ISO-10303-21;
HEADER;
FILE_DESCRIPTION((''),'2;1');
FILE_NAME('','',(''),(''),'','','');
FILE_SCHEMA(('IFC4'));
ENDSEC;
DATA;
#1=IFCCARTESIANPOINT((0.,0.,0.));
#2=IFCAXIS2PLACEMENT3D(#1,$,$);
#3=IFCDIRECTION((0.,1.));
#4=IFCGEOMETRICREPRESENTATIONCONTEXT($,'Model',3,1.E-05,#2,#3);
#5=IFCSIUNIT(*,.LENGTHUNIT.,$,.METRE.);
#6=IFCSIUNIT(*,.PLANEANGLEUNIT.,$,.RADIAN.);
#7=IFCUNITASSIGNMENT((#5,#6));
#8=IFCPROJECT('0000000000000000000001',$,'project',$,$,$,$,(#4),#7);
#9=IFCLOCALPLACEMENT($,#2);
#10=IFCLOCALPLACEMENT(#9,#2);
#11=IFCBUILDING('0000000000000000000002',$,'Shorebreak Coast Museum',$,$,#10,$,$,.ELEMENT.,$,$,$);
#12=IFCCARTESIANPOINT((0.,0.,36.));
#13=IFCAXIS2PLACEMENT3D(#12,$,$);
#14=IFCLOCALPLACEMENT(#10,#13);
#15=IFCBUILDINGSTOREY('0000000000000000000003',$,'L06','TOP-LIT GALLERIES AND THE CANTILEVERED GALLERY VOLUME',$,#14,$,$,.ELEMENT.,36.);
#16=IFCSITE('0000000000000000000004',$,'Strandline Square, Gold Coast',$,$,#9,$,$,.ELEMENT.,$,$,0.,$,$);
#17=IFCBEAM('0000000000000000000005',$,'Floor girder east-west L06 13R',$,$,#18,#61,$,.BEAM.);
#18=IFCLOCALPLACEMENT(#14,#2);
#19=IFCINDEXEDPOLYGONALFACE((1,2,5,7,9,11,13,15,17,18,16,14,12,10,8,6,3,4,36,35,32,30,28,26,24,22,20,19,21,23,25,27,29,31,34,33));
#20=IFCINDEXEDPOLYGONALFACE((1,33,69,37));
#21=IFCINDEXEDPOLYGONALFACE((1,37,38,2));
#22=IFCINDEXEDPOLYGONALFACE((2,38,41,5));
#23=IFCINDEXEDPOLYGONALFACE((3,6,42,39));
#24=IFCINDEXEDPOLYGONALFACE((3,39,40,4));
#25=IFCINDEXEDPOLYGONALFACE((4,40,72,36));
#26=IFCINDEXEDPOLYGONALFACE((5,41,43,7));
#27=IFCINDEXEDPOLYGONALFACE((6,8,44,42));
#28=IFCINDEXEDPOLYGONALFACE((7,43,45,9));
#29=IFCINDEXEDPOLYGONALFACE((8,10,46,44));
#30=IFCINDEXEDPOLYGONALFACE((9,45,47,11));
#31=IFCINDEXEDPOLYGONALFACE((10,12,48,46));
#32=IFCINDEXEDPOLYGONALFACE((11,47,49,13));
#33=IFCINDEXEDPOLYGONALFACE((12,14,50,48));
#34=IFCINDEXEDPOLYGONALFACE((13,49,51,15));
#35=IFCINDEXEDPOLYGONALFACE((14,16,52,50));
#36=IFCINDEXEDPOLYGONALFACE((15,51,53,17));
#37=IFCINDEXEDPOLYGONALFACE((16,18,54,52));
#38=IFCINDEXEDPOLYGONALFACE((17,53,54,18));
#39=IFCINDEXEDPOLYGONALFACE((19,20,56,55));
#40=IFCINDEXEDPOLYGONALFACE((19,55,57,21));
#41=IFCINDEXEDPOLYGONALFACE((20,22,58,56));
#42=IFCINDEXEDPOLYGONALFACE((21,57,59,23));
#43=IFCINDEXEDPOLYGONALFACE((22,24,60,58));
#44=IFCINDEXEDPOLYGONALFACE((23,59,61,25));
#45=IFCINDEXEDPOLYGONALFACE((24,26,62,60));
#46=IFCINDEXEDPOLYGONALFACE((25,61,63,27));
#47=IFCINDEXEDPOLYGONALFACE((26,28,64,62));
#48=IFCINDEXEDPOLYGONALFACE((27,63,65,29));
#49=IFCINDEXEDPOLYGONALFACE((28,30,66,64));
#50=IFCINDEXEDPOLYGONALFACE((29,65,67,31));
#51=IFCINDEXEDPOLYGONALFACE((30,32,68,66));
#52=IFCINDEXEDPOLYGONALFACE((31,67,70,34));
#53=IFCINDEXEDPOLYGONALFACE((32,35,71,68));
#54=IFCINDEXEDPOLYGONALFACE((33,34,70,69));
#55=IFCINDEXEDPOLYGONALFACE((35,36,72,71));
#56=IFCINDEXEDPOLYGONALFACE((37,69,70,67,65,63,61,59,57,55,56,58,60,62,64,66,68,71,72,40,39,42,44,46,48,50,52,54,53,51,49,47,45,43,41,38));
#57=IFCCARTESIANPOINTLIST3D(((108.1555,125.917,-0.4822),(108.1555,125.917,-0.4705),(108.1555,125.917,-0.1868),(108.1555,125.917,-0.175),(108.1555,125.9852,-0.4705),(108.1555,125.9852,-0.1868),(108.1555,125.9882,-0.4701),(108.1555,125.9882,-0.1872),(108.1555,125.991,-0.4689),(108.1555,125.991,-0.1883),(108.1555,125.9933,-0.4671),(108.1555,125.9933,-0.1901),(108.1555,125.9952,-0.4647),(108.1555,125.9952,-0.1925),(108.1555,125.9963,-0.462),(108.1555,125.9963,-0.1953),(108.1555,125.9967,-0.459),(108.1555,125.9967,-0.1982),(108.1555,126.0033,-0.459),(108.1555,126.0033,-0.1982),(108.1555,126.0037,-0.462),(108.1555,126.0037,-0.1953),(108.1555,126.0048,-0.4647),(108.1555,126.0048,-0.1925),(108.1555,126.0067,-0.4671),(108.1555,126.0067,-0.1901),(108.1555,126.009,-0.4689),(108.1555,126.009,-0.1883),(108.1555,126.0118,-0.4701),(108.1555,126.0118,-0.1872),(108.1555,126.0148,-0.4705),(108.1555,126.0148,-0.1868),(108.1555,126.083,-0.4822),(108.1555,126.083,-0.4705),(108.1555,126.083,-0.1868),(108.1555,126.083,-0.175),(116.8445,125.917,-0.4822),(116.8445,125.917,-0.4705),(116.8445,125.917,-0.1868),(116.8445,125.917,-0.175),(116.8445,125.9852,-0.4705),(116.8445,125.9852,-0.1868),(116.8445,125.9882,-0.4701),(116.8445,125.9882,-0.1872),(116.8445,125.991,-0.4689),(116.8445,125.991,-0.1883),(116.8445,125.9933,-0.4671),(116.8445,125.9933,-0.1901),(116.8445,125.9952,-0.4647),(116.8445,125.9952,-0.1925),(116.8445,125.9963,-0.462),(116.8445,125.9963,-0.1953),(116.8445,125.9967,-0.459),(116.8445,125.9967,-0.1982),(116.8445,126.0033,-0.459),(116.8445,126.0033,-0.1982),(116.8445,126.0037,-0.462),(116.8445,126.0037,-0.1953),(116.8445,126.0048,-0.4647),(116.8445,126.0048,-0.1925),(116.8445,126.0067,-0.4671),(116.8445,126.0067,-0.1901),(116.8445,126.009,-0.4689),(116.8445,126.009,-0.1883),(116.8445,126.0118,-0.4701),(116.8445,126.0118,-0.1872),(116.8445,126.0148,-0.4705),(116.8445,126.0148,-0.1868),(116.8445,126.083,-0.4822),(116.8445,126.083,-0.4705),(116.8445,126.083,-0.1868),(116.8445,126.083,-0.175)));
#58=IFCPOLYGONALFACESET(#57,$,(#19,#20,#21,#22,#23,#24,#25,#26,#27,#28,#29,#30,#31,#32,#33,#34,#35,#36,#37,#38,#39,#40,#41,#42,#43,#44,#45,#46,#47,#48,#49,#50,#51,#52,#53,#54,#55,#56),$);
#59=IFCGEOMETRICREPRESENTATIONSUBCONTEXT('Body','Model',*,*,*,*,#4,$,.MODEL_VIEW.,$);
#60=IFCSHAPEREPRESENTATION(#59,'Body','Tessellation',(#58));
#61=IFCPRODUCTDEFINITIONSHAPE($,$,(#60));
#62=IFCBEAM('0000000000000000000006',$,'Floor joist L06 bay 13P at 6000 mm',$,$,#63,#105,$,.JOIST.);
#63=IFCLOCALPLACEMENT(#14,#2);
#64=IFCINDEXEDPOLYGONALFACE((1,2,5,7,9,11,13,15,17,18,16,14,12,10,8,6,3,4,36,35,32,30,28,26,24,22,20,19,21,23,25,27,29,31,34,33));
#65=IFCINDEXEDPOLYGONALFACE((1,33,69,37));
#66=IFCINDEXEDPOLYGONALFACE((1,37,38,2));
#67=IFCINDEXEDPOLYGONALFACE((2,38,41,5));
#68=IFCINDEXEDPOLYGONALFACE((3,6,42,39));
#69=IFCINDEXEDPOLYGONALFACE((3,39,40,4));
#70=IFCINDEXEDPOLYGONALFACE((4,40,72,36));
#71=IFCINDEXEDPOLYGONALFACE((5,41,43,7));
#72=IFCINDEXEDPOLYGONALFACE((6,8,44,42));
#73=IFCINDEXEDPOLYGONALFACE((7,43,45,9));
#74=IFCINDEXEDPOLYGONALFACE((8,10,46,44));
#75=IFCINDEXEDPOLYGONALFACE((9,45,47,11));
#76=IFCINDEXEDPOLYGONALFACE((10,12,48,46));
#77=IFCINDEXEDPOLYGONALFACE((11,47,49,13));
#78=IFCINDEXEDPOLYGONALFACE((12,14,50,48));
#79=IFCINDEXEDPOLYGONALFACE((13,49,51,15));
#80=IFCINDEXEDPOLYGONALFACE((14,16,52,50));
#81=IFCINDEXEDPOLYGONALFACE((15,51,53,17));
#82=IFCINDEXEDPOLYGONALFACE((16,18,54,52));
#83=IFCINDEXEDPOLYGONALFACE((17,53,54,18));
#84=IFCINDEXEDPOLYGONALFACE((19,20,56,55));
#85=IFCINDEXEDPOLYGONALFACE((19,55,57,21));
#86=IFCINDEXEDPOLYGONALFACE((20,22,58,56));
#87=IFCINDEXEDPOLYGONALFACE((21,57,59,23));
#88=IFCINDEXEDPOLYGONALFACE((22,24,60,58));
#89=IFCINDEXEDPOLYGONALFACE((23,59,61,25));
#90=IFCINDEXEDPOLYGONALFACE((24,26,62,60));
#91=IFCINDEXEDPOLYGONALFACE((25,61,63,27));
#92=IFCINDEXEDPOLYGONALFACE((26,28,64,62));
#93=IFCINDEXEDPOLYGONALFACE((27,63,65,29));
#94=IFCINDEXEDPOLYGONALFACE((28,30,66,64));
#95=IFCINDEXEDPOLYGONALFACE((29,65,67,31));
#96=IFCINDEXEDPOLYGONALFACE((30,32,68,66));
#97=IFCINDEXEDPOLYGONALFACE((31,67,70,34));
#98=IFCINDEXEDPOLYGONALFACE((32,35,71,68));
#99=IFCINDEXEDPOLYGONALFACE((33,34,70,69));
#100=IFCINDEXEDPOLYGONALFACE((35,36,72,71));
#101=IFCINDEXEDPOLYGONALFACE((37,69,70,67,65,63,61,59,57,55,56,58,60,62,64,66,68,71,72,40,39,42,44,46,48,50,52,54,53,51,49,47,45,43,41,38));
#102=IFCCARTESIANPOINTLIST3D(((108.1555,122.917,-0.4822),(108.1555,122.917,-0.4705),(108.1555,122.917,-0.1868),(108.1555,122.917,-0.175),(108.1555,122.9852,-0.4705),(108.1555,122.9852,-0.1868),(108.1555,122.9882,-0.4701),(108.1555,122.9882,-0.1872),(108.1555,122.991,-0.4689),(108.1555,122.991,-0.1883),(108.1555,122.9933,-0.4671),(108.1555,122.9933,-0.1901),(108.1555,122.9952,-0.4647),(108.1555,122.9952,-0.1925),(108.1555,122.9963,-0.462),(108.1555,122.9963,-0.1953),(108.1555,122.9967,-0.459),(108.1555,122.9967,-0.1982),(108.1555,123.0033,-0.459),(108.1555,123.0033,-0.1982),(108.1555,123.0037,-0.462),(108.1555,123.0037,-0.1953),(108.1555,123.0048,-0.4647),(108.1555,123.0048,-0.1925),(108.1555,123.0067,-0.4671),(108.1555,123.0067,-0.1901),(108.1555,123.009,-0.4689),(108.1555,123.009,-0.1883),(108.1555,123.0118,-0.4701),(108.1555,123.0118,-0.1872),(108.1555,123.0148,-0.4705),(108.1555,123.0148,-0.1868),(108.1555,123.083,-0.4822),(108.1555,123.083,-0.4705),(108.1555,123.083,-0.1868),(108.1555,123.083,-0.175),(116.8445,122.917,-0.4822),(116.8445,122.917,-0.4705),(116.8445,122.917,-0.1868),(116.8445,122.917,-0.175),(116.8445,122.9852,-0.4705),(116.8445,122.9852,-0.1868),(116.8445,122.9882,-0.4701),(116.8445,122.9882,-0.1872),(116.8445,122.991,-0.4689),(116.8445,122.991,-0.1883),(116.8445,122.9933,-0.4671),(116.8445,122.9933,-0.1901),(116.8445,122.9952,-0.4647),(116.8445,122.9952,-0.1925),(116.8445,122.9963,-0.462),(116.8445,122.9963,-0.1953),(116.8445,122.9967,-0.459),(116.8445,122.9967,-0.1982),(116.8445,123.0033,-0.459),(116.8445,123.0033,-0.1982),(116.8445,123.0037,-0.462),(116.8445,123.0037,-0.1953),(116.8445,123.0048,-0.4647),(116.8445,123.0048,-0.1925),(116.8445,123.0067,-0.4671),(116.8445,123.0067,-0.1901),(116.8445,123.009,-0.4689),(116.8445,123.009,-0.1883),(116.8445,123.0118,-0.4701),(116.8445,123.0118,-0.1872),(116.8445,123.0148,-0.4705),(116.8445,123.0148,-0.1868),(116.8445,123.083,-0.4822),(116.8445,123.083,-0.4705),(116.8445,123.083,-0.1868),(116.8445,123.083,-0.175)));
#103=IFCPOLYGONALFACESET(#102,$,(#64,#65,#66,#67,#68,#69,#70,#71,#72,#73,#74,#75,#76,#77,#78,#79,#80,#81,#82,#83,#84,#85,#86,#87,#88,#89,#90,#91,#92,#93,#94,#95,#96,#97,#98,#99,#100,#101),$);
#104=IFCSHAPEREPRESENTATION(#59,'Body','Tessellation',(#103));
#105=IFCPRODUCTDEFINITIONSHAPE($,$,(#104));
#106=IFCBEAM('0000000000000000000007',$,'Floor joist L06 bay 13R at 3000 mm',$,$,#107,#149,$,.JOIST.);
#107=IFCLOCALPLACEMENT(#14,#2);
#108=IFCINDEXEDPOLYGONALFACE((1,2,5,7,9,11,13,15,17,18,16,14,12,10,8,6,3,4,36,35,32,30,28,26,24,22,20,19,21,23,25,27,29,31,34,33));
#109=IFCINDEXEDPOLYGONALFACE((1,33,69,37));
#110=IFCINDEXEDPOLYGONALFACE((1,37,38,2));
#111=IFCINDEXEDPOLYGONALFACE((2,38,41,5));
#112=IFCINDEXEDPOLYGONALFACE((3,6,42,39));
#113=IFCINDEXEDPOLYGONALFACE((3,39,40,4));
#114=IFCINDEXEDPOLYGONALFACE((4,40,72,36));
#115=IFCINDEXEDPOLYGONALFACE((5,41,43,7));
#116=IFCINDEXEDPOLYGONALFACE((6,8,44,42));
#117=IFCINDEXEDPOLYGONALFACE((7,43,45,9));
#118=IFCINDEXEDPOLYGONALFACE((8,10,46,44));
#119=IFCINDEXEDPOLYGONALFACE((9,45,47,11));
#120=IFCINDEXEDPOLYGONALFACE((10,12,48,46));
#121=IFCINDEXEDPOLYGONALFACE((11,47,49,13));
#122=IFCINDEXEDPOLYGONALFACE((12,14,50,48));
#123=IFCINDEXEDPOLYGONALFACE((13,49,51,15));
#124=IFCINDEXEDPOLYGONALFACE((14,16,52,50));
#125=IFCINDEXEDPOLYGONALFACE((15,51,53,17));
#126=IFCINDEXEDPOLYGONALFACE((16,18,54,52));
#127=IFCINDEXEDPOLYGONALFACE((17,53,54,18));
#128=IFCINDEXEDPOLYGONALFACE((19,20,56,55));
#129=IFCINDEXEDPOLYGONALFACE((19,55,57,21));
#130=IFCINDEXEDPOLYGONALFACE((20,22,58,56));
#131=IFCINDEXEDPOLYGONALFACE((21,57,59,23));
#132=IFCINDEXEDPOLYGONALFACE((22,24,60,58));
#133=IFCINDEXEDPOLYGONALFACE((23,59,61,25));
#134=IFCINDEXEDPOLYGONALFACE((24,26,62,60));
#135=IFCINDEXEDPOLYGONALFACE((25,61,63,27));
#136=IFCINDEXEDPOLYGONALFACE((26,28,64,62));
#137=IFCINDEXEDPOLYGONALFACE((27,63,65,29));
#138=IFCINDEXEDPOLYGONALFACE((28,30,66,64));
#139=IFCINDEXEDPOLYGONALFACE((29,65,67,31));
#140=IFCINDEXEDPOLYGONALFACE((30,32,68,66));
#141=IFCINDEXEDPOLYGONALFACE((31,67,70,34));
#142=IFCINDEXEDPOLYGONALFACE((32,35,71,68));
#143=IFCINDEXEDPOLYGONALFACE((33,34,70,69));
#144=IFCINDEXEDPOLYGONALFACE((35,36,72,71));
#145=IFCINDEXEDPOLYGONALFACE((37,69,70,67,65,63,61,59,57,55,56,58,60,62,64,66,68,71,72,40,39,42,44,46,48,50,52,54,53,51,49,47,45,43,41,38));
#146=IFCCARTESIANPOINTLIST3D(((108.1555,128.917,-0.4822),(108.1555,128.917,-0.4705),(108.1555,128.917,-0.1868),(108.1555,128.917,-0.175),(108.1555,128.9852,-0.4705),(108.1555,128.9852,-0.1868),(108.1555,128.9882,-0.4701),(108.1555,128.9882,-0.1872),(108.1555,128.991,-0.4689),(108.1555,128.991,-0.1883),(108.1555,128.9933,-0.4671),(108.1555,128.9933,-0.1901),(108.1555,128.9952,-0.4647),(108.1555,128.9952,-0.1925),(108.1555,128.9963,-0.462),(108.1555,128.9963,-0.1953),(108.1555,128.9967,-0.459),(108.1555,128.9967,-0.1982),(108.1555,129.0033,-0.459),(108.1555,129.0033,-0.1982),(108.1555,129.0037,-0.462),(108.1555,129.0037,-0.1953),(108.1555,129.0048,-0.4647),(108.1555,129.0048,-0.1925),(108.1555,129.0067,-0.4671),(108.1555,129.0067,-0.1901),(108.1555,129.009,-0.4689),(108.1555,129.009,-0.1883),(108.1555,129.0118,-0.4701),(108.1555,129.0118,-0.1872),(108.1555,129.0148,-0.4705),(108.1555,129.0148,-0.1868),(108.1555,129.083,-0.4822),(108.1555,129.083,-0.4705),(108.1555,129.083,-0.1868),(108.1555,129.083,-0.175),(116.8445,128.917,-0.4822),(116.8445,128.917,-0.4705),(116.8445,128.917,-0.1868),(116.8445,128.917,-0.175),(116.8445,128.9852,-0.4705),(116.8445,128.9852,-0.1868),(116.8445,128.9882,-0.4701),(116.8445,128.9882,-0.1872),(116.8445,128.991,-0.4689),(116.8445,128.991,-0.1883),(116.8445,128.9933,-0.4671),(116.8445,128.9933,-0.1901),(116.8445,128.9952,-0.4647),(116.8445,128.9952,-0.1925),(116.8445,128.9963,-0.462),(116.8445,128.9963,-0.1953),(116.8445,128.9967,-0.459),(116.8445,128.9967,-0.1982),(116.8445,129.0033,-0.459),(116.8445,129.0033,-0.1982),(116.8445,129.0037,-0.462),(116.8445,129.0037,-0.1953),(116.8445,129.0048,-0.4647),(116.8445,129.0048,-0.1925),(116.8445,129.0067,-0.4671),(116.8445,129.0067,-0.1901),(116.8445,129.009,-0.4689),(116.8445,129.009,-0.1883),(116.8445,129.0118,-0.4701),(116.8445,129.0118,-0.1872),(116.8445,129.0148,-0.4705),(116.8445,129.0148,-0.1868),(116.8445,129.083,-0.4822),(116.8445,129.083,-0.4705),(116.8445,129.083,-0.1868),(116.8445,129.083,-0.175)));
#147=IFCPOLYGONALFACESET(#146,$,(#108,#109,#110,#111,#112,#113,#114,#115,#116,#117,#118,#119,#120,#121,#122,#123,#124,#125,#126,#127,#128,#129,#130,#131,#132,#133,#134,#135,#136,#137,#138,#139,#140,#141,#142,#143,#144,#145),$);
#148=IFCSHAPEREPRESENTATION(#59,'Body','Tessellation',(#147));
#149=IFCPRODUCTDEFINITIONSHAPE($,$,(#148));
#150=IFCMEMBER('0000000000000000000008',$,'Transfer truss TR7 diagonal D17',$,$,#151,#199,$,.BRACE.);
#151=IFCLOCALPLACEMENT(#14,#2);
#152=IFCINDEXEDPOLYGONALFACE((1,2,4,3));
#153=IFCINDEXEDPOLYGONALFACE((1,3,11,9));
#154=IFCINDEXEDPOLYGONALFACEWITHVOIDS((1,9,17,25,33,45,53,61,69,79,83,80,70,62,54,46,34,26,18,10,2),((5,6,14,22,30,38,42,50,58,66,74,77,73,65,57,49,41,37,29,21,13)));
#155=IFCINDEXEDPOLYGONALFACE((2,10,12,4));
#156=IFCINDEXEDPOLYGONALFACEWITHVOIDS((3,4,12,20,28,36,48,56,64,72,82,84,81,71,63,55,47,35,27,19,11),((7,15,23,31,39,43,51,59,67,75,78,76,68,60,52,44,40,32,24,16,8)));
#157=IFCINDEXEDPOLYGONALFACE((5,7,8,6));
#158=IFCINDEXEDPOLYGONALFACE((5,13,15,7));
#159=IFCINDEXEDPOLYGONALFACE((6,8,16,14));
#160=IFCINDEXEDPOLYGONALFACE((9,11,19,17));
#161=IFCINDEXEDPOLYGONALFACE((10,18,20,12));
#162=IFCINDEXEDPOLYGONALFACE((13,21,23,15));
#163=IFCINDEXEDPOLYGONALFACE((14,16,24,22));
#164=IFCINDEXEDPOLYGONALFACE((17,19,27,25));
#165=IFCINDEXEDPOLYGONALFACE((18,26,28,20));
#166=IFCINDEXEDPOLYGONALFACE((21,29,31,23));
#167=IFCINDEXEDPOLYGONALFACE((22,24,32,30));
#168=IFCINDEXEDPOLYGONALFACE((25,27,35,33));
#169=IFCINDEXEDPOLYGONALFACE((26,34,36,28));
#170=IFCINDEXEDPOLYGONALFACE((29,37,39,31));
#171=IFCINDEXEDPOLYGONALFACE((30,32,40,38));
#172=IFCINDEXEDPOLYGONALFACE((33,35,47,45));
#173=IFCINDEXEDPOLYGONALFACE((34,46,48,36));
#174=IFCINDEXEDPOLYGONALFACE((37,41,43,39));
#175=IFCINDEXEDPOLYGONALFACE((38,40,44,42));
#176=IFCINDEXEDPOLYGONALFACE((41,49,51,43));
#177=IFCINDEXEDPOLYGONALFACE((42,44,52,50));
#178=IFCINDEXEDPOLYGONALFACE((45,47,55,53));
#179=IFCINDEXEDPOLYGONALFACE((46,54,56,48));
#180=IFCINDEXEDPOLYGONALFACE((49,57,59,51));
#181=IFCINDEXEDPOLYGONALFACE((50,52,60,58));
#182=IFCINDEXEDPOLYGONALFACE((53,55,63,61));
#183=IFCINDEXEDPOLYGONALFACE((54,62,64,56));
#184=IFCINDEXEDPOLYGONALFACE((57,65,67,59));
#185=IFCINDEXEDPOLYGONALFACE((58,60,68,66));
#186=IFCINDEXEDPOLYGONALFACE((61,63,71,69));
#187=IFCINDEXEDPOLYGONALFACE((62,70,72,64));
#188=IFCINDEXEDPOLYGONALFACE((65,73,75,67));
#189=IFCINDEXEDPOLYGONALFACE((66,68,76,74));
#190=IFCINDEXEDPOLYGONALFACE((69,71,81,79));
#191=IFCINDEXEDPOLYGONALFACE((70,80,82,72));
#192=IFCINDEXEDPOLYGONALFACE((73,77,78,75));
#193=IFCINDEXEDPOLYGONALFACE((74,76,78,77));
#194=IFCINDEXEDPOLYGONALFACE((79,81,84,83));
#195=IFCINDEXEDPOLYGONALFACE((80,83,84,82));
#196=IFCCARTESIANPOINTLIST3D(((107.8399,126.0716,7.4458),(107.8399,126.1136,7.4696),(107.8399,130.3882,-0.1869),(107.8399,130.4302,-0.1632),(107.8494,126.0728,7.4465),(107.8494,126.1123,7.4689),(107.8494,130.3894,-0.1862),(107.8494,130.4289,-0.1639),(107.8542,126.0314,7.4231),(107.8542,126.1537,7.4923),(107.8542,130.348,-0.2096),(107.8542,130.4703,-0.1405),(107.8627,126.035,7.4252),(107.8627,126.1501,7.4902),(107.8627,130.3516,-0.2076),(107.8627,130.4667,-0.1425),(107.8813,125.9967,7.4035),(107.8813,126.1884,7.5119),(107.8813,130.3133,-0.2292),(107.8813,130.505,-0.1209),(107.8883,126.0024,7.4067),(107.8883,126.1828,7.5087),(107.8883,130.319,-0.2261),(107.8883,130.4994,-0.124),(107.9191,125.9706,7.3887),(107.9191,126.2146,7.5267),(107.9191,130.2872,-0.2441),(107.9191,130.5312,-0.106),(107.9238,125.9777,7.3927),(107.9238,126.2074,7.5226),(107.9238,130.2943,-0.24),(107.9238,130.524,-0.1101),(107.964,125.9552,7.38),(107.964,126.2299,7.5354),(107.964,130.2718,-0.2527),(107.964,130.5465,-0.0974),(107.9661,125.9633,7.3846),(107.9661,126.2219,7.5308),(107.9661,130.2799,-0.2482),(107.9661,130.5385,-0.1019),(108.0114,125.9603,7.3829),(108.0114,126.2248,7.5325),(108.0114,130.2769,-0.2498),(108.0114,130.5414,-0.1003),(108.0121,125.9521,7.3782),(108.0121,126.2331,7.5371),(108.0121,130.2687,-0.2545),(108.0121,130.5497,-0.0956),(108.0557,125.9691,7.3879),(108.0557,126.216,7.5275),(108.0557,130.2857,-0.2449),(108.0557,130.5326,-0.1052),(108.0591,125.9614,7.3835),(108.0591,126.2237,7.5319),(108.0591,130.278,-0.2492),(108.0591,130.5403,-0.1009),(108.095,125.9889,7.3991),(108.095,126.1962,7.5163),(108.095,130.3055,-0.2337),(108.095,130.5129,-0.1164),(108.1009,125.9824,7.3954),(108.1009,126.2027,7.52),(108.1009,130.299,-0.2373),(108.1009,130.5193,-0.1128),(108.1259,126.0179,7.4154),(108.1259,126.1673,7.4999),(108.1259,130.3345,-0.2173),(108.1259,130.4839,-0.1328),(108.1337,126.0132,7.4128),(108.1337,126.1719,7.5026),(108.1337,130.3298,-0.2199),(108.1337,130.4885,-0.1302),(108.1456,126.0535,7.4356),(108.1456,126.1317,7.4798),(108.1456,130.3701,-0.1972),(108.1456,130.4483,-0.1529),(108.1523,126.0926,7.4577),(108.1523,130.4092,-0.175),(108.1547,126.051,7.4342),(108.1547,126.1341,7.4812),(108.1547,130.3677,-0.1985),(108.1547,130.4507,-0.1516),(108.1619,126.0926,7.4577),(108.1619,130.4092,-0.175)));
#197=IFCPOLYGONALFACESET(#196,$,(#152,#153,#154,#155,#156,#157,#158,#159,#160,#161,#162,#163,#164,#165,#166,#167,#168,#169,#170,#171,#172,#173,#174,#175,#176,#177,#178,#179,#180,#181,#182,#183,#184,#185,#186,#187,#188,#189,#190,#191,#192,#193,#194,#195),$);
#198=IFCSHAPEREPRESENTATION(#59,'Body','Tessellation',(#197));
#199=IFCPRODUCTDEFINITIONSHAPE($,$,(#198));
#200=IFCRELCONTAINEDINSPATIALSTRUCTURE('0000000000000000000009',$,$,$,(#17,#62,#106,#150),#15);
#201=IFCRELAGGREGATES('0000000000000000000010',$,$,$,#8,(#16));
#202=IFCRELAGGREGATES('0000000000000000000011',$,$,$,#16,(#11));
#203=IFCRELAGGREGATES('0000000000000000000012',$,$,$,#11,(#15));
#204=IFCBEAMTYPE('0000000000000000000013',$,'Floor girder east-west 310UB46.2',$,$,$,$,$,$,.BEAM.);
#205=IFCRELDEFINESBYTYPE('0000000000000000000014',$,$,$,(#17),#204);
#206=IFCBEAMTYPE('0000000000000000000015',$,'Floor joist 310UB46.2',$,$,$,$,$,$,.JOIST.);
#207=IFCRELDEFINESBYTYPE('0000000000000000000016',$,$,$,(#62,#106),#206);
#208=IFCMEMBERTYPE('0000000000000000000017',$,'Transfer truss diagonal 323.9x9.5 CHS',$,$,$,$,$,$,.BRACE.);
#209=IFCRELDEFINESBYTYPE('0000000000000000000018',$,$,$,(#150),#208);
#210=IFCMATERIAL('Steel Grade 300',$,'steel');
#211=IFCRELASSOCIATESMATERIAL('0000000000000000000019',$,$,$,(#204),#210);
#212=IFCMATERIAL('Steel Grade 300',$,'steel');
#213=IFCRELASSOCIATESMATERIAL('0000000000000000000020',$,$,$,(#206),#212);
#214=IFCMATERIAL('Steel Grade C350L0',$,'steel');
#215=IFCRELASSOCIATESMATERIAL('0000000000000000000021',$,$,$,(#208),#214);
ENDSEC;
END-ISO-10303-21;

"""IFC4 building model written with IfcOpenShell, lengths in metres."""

from ifc_helpers import new_model, si_unit, direction, frame, origin, origin_2d, place, context, subcontext, project, spatial, hollow_circle, i_section, extrude, material, material_profile, profile_set, type_object, element, save


model = new_model("IFC4")

# Units and contexts
model_context = context("Model", 3, precision=1e-05, world=origin(), true_north=direction((0.0, 1.0)))
body_context = subcontext(model_context, "Body", "Model", "MODEL_VIEW")
ifc_project = project(units=[si_unit("LENGTHUNIT", "METRE"), si_unit("PLANEANGLEUNIT", "RADIAN")], contexts=[model_context])

# Site, building, storey
site_placement = place(None, origin())
site = spatial("IfcSite", under=ifc_project, at=site_placement, Name="Strandline Square, Gold Coast", CompositionType="ELEMENT", RefElevation=0.0)
building_placement = place(site_placement, origin())
building = spatial("IfcBuilding", under=site, at=building_placement, Name="Shorebreak Coast Museum", CompositionType="ELEMENT")
storey_placement = place(building_placement, frame((0.0, 0.0, 36.0)))
storey = spatial("IfcBuildingStorey", under=building, at=storey_placement, Name="L06", Description="TOP-LIT GALLERIES AND THE CANTILEVERED GALLERY VOLUME", CompositionType="ELEMENT", Elevation=36.0)

# Beams
ifc_material_1 = material(Name="Steel Grade 300", Category="steel")
ifc_material_profile_1 = material_profile(ifc_material_1, i_section(OverallWidth=0.166, OverallDepth=0.3071, WebThickness=0.0066, FlangeThickness=0.0117, FilletRadius=0.0115, at=origin_2d()), Name="310UB46.2")
ifc_profile_set_1 = profile_set([ifc_material_profile_1], Name="Steel Grade 300")
beam_type_1 = type_object("IfcBeamType", Name="Floor girder east-west 310UB46.2", PredefinedType="BEAM", material=ifc_profile_set_1)
beam_placement = place(storey_placement, frame((108.1555, 126.0, -0.3286), z_axis=(1.0, 0.0, 0.0), x_axis=(0.0, 1.0, 0.0)))
element("IfcBeam", 1, at=beam_placement, inside=storey, type_object=beam_type_1, Name="Floor girder east-west L06 13R", PredefinedType="BEAM", context=body_context, shape_type="SweptSolid", body=[
    extrude(i_section(OverallWidth=0.166, OverallDepth=0.3071, WebThickness=0.0066, FlangeThickness=0.0117, FilletRadius=0.0115, at=origin_2d()), origin(), (0.0, 0.0, 1.0), 8.689),
])
ifc_material_2 = material(Name="Steel Grade 300", Category="steel")
ifc_material_profile_2 = material_profile(ifc_material_2, i_section(OverallWidth=0.166, OverallDepth=0.3071, WebThickness=0.0066, FlangeThickness=0.0117, FilletRadius=0.0115, at=origin_2d()), Name="310UB46.2")
ifc_profile_set_2 = profile_set([ifc_material_profile_2], Name="Steel Grade 300")
beam_type_2 = type_object("IfcBeamType", Name="Floor joist 310UB46.2", PredefinedType="JOIST", material=ifc_profile_set_2)
for number, where, z_axis, x_axis, name in (
    (2, (108.1555, 123.0, -0.3286), (1.0, 0.0, 0.0), (0.0, 1.0, 0.0), "Floor joist L06 bay 13P at 6000 mm"),
    (3, (108.1555, 129.0, -0.3286), (1.0, 0.0, 0.0), (0.0, 1.0, 0.0), "Floor joist L06 bay 13R at 3000 mm"),
):
    element("IfcBeam", number, at=place(storey_placement, frame(where, z_axis=z_axis, x_axis=x_axis)), inside=storey, type_object=beam_type_2, Name=name, PredefinedType="JOIST", context=body_context, shape_type="SweptSolid", body=[
        extrude(i_section(OverallWidth=0.166, OverallDepth=0.3071, WebThickness=0.0066, FlangeThickness=0.0117, FilletRadius=0.0115, at=origin_2d()), origin(), (0.0, 0.0, 1.0), 8.689),
    ])

# Member
ifc_material_3 = material(Name="Steel Grade C350L0", Category="steel")
ifc_material_profile_3 = material_profile(ifc_material_3, hollow_circle(Radius=0.1619, WallThickness=0.0095, at=origin_2d()), Name="323.9x9.5 CHS")
ifc_profile_set_3 = profile_set([ifc_material_profile_3], Name="Steel Grade C350L0")
member_type_1 = type_object("IfcMemberType", Name="Transfer truss diagonal 323.9x9.5 CHS", PredefinedType="BRACE", material=ifc_profile_set_3)
member_1_placement = place(storey_placement, frame((108.0, 130.4092, -0.175), z_axis=(0.0, -0.492269, 0.870443), x_axis=(1.0, 0.0, 0.0)))
element("IfcMember", 4, at=member_1_placement, inside=storey, type_object=member_type_1, Name="Transfer truss TR7 diagonal D17", PredefinedType="BRACE", context=body_context, shape_type="SweptSolid", body=[
    extrude(hollow_circle(Radius=0.1619, WallThickness=0.0095, at=origin_2d()), origin(), (0.0, 0.0, 1.0), 8.7688),
])

save(model, "model.ifc")
